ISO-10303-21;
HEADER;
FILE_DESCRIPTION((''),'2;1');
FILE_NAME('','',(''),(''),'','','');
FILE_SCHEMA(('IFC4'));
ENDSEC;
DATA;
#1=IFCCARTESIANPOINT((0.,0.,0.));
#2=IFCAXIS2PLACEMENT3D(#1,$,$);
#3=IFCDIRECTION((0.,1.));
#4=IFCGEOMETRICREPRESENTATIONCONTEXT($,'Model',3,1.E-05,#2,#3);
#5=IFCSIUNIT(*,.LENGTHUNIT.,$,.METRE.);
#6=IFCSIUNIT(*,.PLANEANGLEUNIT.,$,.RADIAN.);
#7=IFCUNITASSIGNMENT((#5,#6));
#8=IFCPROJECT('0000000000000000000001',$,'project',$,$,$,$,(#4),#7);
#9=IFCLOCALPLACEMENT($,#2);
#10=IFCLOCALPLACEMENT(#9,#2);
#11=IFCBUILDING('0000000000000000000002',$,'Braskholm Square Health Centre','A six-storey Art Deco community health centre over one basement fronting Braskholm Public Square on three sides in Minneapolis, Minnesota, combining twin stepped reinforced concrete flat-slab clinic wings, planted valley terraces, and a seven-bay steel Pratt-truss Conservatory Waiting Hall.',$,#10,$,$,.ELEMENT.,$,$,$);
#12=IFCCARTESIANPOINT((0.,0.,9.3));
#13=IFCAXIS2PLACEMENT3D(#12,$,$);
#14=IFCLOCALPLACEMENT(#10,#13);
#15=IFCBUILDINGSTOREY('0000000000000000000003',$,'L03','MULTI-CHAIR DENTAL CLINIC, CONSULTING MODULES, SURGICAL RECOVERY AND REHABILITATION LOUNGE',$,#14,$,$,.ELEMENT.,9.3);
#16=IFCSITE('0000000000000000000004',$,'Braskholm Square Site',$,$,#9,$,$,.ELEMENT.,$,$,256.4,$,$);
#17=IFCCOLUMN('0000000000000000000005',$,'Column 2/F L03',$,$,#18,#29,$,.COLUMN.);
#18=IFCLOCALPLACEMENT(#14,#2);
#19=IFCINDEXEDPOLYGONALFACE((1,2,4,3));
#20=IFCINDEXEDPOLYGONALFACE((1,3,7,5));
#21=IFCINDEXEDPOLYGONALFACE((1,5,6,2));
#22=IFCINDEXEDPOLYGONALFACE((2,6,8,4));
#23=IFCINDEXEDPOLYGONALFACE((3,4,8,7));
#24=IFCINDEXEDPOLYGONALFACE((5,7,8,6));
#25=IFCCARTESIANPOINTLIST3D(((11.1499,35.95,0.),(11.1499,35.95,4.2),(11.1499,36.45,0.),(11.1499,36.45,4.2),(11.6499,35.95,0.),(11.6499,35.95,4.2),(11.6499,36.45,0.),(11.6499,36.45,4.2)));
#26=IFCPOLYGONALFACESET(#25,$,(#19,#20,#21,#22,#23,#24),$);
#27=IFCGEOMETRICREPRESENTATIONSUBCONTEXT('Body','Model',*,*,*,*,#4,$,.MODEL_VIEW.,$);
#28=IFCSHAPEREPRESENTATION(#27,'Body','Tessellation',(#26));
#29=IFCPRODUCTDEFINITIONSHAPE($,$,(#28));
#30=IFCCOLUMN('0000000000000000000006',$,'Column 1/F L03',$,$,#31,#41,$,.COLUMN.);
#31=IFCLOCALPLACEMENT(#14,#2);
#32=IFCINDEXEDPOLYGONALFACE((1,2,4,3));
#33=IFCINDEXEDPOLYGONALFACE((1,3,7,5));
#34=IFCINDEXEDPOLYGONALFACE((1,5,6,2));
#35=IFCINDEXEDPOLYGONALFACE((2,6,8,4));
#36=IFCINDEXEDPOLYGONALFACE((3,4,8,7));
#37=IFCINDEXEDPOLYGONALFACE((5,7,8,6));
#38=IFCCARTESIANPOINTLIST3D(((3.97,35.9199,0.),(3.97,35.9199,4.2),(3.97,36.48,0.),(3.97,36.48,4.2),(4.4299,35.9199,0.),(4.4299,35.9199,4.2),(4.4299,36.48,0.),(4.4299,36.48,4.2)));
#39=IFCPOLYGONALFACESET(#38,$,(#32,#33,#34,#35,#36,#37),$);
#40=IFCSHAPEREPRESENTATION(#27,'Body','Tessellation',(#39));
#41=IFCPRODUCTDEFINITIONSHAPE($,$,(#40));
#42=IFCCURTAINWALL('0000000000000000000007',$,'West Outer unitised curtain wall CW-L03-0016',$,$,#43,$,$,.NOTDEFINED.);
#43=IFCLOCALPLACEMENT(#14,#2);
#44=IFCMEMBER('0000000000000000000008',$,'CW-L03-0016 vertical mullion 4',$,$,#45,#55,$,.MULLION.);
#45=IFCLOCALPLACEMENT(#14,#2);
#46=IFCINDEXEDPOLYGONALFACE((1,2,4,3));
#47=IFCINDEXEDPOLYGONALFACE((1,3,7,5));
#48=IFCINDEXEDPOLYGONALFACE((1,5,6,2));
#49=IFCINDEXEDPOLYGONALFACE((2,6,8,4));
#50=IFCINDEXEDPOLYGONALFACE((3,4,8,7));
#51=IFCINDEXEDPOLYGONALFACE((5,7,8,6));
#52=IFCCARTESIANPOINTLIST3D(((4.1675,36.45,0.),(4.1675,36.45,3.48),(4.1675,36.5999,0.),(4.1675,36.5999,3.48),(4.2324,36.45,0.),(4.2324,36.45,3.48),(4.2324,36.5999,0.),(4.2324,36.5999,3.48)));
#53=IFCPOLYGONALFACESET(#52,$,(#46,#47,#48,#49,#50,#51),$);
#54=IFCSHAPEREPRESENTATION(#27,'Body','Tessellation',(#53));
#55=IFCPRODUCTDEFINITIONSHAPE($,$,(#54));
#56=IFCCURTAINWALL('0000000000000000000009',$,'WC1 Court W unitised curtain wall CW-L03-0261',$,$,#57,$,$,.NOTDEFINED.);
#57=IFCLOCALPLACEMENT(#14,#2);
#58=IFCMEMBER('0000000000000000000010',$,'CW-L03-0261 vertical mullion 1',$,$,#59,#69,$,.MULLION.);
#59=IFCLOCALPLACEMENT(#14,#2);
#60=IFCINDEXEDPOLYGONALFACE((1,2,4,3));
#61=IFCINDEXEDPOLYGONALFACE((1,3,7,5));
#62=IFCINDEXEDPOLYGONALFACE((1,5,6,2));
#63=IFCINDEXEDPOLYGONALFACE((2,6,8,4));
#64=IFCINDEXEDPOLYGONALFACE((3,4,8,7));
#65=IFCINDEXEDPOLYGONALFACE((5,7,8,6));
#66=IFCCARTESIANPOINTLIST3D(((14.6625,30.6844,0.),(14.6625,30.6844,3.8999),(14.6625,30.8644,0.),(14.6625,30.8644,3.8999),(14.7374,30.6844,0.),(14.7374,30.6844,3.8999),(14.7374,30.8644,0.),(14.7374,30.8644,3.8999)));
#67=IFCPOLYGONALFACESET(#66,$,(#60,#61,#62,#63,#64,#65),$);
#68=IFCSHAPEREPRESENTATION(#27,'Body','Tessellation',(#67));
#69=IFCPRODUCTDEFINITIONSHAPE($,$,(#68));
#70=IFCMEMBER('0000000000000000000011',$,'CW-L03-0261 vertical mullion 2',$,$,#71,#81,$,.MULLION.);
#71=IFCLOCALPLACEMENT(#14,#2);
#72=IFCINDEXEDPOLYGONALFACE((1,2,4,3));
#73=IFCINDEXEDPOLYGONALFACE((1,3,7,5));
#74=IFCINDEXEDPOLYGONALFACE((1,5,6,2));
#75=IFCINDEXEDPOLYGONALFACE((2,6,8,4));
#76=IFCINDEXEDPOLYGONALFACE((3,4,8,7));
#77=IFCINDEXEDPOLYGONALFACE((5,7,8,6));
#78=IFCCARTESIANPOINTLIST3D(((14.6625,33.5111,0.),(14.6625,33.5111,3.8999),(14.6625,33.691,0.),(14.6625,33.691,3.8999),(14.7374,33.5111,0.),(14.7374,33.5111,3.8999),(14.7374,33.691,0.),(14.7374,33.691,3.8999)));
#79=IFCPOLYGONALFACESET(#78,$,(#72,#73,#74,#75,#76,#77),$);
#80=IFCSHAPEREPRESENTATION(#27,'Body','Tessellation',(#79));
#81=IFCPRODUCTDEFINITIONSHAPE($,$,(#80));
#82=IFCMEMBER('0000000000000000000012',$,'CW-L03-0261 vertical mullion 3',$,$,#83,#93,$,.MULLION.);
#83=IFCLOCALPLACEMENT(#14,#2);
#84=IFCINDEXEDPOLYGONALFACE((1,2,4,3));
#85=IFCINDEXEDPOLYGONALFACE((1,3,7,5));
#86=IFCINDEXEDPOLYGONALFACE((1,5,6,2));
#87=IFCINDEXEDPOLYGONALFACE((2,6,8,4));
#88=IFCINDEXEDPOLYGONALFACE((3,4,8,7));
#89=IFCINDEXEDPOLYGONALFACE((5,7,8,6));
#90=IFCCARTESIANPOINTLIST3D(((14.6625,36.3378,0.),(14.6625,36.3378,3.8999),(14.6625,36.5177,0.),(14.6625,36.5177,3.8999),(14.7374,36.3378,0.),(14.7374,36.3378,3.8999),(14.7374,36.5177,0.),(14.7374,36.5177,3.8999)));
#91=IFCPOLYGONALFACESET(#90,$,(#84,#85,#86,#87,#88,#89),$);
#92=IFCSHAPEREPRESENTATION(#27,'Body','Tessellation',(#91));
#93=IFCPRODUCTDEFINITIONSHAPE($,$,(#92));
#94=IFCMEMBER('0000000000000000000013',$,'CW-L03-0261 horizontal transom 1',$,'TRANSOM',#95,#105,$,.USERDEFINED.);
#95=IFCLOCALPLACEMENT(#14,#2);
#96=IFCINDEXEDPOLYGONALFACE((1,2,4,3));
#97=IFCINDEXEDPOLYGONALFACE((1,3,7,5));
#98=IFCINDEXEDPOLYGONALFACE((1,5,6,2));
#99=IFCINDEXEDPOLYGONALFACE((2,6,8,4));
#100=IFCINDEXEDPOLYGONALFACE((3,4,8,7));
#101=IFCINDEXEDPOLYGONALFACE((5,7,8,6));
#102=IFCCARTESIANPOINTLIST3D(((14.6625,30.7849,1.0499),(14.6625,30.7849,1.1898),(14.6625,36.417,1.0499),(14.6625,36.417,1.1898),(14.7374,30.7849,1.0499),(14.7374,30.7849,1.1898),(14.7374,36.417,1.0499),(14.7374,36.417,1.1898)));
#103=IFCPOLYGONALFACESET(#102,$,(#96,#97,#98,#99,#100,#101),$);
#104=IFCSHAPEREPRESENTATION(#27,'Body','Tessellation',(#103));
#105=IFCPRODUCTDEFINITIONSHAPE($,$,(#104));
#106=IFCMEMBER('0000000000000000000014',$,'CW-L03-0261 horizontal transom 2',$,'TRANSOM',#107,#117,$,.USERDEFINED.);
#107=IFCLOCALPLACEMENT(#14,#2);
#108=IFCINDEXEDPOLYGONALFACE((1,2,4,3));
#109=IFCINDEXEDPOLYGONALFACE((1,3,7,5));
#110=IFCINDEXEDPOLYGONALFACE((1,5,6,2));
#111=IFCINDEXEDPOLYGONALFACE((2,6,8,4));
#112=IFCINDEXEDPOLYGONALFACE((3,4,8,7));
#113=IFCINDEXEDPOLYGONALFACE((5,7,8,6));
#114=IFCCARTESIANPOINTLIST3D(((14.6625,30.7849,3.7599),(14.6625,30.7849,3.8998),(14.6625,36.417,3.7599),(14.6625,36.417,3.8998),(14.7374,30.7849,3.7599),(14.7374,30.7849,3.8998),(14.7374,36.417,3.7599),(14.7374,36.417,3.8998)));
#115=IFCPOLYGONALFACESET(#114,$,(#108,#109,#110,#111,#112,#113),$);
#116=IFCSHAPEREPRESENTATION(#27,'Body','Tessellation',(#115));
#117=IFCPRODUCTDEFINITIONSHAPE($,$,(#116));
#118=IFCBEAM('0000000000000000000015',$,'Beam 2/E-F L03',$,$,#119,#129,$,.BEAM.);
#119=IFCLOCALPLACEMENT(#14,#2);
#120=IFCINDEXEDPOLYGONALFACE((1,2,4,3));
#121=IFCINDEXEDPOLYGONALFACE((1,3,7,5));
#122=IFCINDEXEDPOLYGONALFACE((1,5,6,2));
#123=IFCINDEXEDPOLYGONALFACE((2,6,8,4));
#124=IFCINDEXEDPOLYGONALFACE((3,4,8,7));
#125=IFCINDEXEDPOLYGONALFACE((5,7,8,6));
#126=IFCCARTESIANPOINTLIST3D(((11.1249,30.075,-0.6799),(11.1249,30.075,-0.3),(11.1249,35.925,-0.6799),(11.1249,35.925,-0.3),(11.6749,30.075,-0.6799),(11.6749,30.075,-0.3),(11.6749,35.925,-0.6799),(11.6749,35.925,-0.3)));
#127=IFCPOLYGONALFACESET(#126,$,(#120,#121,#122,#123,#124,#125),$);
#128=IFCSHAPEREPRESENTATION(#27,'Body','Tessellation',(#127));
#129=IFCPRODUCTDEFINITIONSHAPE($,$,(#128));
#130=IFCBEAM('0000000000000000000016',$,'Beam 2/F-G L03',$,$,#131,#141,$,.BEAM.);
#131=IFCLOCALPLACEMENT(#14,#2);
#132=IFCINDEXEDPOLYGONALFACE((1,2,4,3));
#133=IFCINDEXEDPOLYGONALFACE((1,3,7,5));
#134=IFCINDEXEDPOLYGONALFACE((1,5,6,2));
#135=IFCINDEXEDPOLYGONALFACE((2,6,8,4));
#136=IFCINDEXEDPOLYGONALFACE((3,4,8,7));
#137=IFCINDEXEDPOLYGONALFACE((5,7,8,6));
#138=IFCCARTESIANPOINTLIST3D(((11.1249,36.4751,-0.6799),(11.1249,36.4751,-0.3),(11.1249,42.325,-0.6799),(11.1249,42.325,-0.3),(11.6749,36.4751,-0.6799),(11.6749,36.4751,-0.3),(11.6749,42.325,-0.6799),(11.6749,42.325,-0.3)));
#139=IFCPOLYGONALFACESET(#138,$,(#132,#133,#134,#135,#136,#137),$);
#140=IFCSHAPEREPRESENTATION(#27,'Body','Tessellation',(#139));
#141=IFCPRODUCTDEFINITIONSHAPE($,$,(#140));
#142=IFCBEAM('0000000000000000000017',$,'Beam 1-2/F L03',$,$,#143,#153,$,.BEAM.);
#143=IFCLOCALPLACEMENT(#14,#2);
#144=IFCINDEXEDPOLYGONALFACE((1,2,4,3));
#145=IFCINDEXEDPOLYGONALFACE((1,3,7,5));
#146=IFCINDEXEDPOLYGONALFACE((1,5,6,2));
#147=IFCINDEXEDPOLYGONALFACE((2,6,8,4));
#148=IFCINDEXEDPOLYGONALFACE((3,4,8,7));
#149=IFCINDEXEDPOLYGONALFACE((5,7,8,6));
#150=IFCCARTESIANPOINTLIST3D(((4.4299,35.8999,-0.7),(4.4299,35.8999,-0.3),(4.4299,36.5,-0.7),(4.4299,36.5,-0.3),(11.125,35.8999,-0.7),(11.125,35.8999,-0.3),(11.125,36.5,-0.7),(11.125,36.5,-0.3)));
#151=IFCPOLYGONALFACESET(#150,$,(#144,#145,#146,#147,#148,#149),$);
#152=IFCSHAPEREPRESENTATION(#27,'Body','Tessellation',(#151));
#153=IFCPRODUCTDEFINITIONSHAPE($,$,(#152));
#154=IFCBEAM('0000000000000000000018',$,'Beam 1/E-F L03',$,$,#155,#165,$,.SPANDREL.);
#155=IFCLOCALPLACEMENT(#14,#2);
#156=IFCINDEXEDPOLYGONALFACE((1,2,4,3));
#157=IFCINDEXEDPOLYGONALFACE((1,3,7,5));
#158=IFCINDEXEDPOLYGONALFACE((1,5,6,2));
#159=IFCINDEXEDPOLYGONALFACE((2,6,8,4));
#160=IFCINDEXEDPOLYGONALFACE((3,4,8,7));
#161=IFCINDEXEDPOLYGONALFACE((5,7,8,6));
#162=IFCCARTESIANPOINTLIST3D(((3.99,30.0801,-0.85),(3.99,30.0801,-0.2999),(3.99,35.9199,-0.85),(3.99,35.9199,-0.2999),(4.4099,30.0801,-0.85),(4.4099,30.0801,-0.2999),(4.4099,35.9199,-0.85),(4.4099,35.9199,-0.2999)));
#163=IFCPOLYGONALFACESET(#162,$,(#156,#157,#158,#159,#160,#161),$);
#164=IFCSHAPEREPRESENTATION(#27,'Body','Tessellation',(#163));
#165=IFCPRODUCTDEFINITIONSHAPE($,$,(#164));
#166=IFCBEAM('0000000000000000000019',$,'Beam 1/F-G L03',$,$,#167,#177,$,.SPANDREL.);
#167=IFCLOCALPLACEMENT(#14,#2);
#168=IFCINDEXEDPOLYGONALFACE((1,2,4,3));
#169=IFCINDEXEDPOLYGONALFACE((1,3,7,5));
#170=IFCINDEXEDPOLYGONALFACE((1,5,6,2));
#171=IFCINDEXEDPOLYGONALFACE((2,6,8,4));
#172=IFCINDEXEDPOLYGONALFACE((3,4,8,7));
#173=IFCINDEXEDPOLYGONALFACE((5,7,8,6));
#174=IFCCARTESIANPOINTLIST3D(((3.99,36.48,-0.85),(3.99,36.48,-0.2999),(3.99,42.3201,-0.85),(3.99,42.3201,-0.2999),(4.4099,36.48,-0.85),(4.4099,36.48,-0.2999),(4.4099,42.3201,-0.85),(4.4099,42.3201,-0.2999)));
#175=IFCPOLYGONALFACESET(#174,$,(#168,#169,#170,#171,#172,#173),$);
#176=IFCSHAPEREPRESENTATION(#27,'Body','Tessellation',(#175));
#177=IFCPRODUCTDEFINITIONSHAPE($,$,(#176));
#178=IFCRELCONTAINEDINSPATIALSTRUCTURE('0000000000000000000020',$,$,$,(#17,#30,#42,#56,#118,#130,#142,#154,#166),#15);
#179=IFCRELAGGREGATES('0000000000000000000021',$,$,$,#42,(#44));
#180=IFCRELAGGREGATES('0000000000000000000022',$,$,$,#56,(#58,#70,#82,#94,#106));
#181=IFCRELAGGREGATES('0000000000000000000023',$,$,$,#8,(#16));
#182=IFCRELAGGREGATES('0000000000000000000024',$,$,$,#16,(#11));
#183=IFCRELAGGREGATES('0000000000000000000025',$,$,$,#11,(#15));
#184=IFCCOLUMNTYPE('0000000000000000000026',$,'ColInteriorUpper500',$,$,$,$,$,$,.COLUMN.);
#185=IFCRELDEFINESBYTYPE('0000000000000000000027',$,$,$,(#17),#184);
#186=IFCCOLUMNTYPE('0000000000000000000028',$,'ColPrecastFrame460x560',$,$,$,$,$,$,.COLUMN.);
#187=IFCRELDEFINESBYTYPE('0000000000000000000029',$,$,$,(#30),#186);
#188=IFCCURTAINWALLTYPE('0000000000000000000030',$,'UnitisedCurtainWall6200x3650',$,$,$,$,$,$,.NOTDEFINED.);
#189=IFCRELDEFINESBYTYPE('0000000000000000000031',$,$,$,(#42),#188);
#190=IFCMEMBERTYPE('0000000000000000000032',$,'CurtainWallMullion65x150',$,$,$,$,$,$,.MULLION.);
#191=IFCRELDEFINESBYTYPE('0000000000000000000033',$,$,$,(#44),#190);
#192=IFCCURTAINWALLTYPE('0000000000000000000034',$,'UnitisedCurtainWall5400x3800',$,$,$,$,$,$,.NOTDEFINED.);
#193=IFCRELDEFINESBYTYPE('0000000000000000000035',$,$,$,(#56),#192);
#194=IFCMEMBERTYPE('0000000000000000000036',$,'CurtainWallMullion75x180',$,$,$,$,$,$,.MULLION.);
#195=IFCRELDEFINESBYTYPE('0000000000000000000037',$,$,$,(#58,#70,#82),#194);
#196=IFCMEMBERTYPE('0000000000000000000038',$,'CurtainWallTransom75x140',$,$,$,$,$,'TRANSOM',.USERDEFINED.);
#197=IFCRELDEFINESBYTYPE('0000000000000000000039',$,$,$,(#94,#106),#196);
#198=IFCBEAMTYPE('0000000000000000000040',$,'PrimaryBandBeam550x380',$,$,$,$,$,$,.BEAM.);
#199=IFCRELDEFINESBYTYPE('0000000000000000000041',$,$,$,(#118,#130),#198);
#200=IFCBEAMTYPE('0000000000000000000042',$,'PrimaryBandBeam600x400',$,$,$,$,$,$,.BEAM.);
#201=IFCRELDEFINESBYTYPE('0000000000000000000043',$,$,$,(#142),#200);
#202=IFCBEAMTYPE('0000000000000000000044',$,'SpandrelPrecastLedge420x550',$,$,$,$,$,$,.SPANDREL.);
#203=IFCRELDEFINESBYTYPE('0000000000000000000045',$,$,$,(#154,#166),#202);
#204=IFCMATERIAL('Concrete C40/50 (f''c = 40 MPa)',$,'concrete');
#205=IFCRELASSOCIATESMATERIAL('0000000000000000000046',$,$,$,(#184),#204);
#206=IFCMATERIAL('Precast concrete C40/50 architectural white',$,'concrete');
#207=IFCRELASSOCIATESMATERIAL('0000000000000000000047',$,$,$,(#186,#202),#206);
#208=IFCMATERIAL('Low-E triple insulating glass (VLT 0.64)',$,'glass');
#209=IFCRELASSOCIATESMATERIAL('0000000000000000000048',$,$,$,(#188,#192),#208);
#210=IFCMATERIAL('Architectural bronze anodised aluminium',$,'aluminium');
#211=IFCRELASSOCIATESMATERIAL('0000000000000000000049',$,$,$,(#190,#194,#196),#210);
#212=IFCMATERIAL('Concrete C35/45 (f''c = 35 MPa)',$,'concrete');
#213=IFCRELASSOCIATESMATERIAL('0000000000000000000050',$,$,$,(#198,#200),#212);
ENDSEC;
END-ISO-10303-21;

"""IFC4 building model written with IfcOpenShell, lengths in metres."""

from ifc_helpers import new_model, si_unit, direction, frame, origin, origin_2d, place, context, subcontext, project, spatial, rectangle, extrude, material, material_profile, profile_set, type_object, element, aggregate, save


model = new_model("IFC4")

# Units and contexts
model_context = context("Model", 3, precision=1e-05, world=origin(), true_north=direction((0.0, 1.0)))
body_context = subcontext(model_context, "Body", "Model", "MODEL_VIEW")
ifc_project = project(units=[si_unit("LENGTHUNIT", "METRE"), si_unit("PLANEANGLEUNIT", "RADIAN")], contexts=[model_context])

# Site, building, storey
site_placement = place(None, origin())
site = spatial("IfcSite", under=ifc_project, at=site_placement, Name="Braskholm Square Site", CompositionType="ELEMENT", RefElevation=256.4)
building_placement = place(site_placement, origin())
building = spatial("IfcBuilding", under=site, at=building_placement, Name="Braskholm Square Health Centre", Description="A six-storey Art Deco community health centre over one basement fronting Braskholm Public Square on three sides in Minneapolis, Minnesota, combining twin stepped reinforced concrete flat-slab clinic wings, planted valley terraces, and a seven-bay steel Pratt-truss Conservatory Waiting Hall.", CompositionType="ELEMENT")
storey_placement = place(building_placement, frame((0.0, 0.0, 9.3)))
storey = spatial("IfcBuildingStorey", under=building, at=storey_placement, Name="L03", Description="MULTI-CHAIR DENTAL CLINIC, CONSULTING MODULES, SURGICAL RECOVERY AND REHABILITATION LOUNGE", CompositionType="ELEMENT", Elevation=9.3)

# Columns
ifc_material_1 = material(Name="Concrete C40/50 (f'c = 40 MPa)", Category="concrete")
ifc_material_profile_1 = material_profile(ifc_material_1, rectangle(XDim=0.5, YDim=0.5, at=origin_2d()), Name="RC-500X500")
ifc_profile_set_1 = profile_set([ifc_material_profile_1], Name="Concrete C40/50 (f'c = 40 MPa)")
column_type_1 = type_object("IfcColumnType", Name="ColInteriorUpper500", PredefinedType="COLUMN", material=ifc_profile_set_1)
column_1_placement = place(storey_placement, frame((11.3999, 36.2, 0.0), z_axis=(0.0, 0.0, 1.0), x_axis=(1.0, 0.0, 0.0)))
element("IfcColumn", 1, at=column_1_placement, inside=storey, type_object=column_type_1, Name="Column 2/F L03", PredefinedType="COLUMN", context=body_context, shape_type="SweptSolid", body=[
    extrude(rectangle(XDim=0.5, YDim=0.5, at=origin_2d()), origin(), (0.0, 0.0, 1.0), 4.2),
])
ifc_material_2 = material(Name="Precast concrete C40/50 architectural white", Category="concrete")
ifc_material_profile_2 = material_profile(ifc_material_2, rectangle(XDim=0.46, YDim=0.5601, at=origin_2d()), Name="RC-460X560")
ifc_profile_set_2 = profile_set([ifc_material_profile_2], Name="Precast concrete C40/50 architectural white")
column_type_2 = type_object("IfcColumnType", Name="ColPrecastFrame460x560", PredefinedType="COLUMN", material=ifc_profile_set_2)
column_2_placement = place(storey_placement, frame((4.2, 36.2, 0.0), z_axis=(0.0, 0.0, 1.0), x_axis=(1.0, 0.0, 0.0)))
element("IfcColumn", 2, at=column_2_placement, inside=storey, type_object=column_type_2, Name="Column 1/F L03", PredefinedType="COLUMN", context=body_context, shape_type="SweptSolid", body=[
    extrude(rectangle(XDim=0.46, YDim=0.5601, at=origin_2d()), origin(), (0.0, 0.0, 1.0), 4.2),
])

# Curtain wall, member
ifc_material_3 = material(Name="Low-E triple insulating glass (VLT 0.64)", Category="glass")
curtain_wall_type_1 = type_object("IfcCurtainWallType", Name="UnitisedCurtainWall6200x3650", PredefinedType="NOTDEFINED", material=ifc_material_3)
curtain_wall_1_placement = place(storey_placement, origin())
curtain_wall_1 = element("IfcCurtainWall", 3, at=curtain_wall_1_placement, inside=storey, type_object=curtain_wall_type_1, Name="West Outer unitised curtain wall CW-L03-0016", PredefinedType="NOTDEFINED")
ifc_material_4 = material(Name="Architectural bronze anodised aluminium", Category="aluminium")
ifc_material_profile_3 = material_profile(ifc_material_4, rectangle(XDim=0.0649, YDim=0.1499, at=origin_2d()), Name="ALU-65X150")
ifc_profile_set_3 = profile_set([ifc_material_profile_3], Name="Architectural bronze anodised aluminium")
member_type_1 = type_object("IfcMemberType", Name="CurtainWallMullion65x150", PredefinedType="MULLION", material=ifc_profile_set_3)
member_1_placement = place(storey_placement, frame((4.2, 36.5249, 0.0), z_axis=(0.0, 0.0, 1.0), x_axis=(1.0, 0.0, 0.0)))
member_1 = element("IfcMember", 4, at=member_1_placement, type_object=member_type_1, Name="CW-L03-0016 vertical mullion 4", PredefinedType="MULLION", context=body_context, shape_type="SweptSolid", body=[
    extrude(rectangle(XDim=0.0649, YDim=0.1499, at=origin_2d()), origin(), (0.0, 0.0, 1.0), 3.48),
])

# Curtain wall, members
curtain_wall_type_2 = type_object("IfcCurtainWallType", Name="UnitisedCurtainWall5400x3800", PredefinedType="NOTDEFINED", material=ifc_material_3)
curtain_wall_2_placement = place(storey_placement, origin())
curtain_wall_2 = element("IfcCurtainWall", 5, at=curtain_wall_2_placement, inside=storey, type_object=curtain_wall_type_2, Name="WC1 Court W unitised curtain wall CW-L03-0261", PredefinedType="NOTDEFINED")
ifc_material_profile_4 = material_profile(ifc_material_4, rectangle(XDim=0.075, YDim=0.1799, at=origin_2d()), Name="ALU-75X180")
ifc_profile_set_4 = profile_set([ifc_material_profile_4], Name="Architectural bronze anodised aluminium")
member_type_2 = type_object("IfcMemberType", Name="CurtainWallMullion75x180", PredefinedType="MULLION", material=ifc_profile_set_4)
member_2_placement = place(storey_placement, frame((14.7, 30.7744, 0.0), z_axis=(0.0, 0.0, 1.0), x_axis=(1.0, 0.0, 0.0)))
member_2 = element("IfcMember", 6, at=member_2_placement, type_object=member_type_2, Name="CW-L03-0261 vertical mullion 1", PredefinedType="MULLION", context=body_context, shape_type="SweptSolid", body=[
    extrude(rectangle(XDim=0.075, YDim=0.1799, at=origin_2d()), origin(), (0.0, 0.0, 1.0), 3.8999),
])
member_3_placement = place(storey_placement, frame((14.7, 33.6011, 0.0), z_axis=(0.0, 0.0, 1.0), x_axis=(1.0, 0.0, 0.0)))
member_3 = element("IfcMember", 7, at=member_3_placement, type_object=member_type_2, Name="CW-L03-0261 vertical mullion 2", PredefinedType="MULLION", context=body_context, shape_type="SweptSolid", body=[
    extrude(rectangle(XDim=0.075, YDim=0.1799, at=origin_2d()), origin(), (0.0, 0.0, 1.0), 3.8999),
])
member_4_placement = place(storey_placement, frame((14.7, 36.4277, 0.0), z_axis=(0.0, 0.0, 1.0), x_axis=(1.0, 0.0, 0.0)))
member_4 = element("IfcMember", 8, at=member_4_placement, type_object=member_type_2, Name="CW-L03-0261 vertical mullion 3", PredefinedType="MULLION", context=body_context, shape_type="SweptSolid", body=[
    extrude(rectangle(XDim=0.075, YDim=0.1799, at=origin_2d()), origin(), (0.0, 0.0, 1.0), 3.8999),
])
ifc_material_profile_5 = material_profile(ifc_material_4, rectangle(XDim=0.075, YDim=0.1399, at=origin_2d()), Name="ALU-75X140")
ifc_profile_set_5 = profile_set([ifc_material_profile_5], Name="Architectural bronze anodised aluminium")
member_type_3 = type_object("IfcMemberType", Name="CurtainWallTransom75x140", ElementType="TRANSOM", PredefinedType="USERDEFINED", material=ifc_profile_set_5)
member_5_placement = place(storey_placement, frame((14.7, 30.7849, 1.1199), z_axis=(0.0, 1.0, 0.0), x_axis=(-1.0, 0.0, 0.0)))
member_5 = element("IfcMember", 9, at=member_5_placement, type_object=member_type_3, Name="CW-L03-0261 horizontal transom 1", ObjectType="TRANSOM", PredefinedType="USERDEFINED", context=body_context, shape_type="SweptSolid", body=[
    extrude(rectangle(XDim=0.075, YDim=0.1399, at=origin_2d()), origin(), (0.0, 0.0, 1.0), 5.6321),
])
member_6_placement = place(storey_placement, frame((14.7, 30.7849, 3.8298), z_axis=(0.0, 1.0, 0.0), x_axis=(-1.0, 0.0, 0.0)))
member_6 = element("IfcMember", 10, at=member_6_placement, type_object=member_type_3, Name="CW-L03-0261 horizontal transom 2", ObjectType="TRANSOM", PredefinedType="USERDEFINED", context=body_context, shape_type="SweptSolid", body=[
    extrude(rectangle(XDim=0.075, YDim=0.1399, at=origin_2d()), origin(), (0.0, 0.0, 1.0), 5.6321),
])

# Beams
ifc_material_5 = material(Name="Concrete C35/45 (f'c = 35 MPa)", Category="concrete")
ifc_material_profile_6 = material_profile(ifc_material_5, rectangle(XDim=0.55, YDim=0.3799, at=origin_2d()), Name="RCB-550X380")
ifc_profile_set_6 = profile_set([ifc_material_profile_6], Name="Concrete C35/45 (f'c = 35 MPa)")
beam_type_1 = type_object("IfcBeamType", Name="PrimaryBandBeam550x380", PredefinedType="BEAM", material=ifc_profile_set_6)
beam_1_placement = place(storey_placement, frame((11.3999, 30.075, -0.49), z_axis=(0.0, 1.0, 0.0), x_axis=(-1.0, 0.0, 0.0)))
element("IfcBeam", 11, at=beam_1_placement, inside=storey, type_object=beam_type_1, Name="Beam 2/E-F L03", PredefinedType="BEAM", context=body_context, shape_type="SweptSolid", body=[
    extrude(rectangle(XDim=0.55, YDim=0.3799, at=origin_2d()), origin(), (0.0, 0.0, 1.0), 5.8501),
])
beam_2_placement = place(storey_placement, frame((11.3999, 36.4751, -0.49), z_axis=(0.0, 1.0, 0.0), x_axis=(-1.0, 0.0, 0.0)))
element("IfcBeam", 12, at=beam_2_placement, inside=storey, type_object=beam_type_1, Name="Beam 2/F-G L03", PredefinedType="BEAM", context=body_context, shape_type="SweptSolid", body=[
    extrude(rectangle(XDim=0.55, YDim=0.3799, at=origin_2d()), origin(), (0.0, 0.0, 1.0), 5.8499),
])
ifc_material_profile_7 = material_profile(ifc_material_5, rectangle(XDim=0.6001, YDim=0.3999, at=origin_2d()), Name="RCB-600X400")
ifc_profile_set_7 = profile_set([ifc_material_profile_7], Name="Concrete C35/45 (f'c = 35 MPa)")
beam_type_2 = type_object("IfcBeamType", Name="PrimaryBandBeam600x400", PredefinedType="BEAM", material=ifc_profile_set_7)
beam_3_placement = place(storey_placement, frame((4.4299, 36.2, -0.5), z_axis=(1.0, 0.0, 0.0), x_axis=(0.0, 1.0, 0.0)))
element("IfcBeam", 13, at=beam_3_placement, inside=storey, type_object=beam_type_2, Name="Beam 1-2/F L03", PredefinedType="BEAM", context=body_context, shape_type="SweptSolid", body=[
    extrude(rectangle(XDim=0.6001, YDim=0.3999, at=origin_2d()), origin(), (0.0, 0.0, 1.0), 6.6951),
])
ifc_material_profile_8 = material_profile(ifc_material_2, rectangle(XDim=0.4199, YDim=0.55, at=origin_2d()), Name="RCB-420X550")
ifc_profile_set_8 = profile_set([ifc_material_profile_8], Name="Precast concrete C40/50 architectural white")
beam_type_3 = type_object("IfcBeamType", Name="SpandrelPrecastLedge420x550", PredefinedType="SPANDREL", material=ifc_profile_set_8)
beam_4_placement = place(storey_placement, frame((4.2, 30.0801, -0.575), z_axis=(0.0, 1.0, 0.0), x_axis=(-1.0, 0.0, 0.0)))
element("IfcBeam", 14, at=beam_4_placement, inside=storey, type_object=beam_type_3, Name="Beam 1/E-F L03", PredefinedType="SPANDREL", context=body_context, shape_type="SweptSolid", body=[
    extrude(rectangle(XDim=0.4199, YDim=0.55, at=origin_2d()), origin(), (0.0, 0.0, 1.0), 5.8398),
])
beam_5_placement = place(storey_placement, frame((4.2, 36.48, -0.575), z_axis=(0.0, 1.0, 0.0), x_axis=(-1.0, 0.0, 0.0)))
element("IfcBeam", 15, at=beam_5_placement, inside=storey, type_object=beam_type_3, Name="Beam 1/F-G L03", PredefinedType="SPANDREL", context=body_context, shape_type="SweptSolid", body=[
    extrude(rectangle(XDim=0.4199, YDim=0.55, at=origin_2d()), origin(), (0.0, 0.0, 1.0), 5.8401),
])

aggregate(curtain_wall_1, [member_1])
aggregate(curtain_wall_2, [member_2, member_3, member_4, member_5, member_6])

save(model, "model.ifc")
